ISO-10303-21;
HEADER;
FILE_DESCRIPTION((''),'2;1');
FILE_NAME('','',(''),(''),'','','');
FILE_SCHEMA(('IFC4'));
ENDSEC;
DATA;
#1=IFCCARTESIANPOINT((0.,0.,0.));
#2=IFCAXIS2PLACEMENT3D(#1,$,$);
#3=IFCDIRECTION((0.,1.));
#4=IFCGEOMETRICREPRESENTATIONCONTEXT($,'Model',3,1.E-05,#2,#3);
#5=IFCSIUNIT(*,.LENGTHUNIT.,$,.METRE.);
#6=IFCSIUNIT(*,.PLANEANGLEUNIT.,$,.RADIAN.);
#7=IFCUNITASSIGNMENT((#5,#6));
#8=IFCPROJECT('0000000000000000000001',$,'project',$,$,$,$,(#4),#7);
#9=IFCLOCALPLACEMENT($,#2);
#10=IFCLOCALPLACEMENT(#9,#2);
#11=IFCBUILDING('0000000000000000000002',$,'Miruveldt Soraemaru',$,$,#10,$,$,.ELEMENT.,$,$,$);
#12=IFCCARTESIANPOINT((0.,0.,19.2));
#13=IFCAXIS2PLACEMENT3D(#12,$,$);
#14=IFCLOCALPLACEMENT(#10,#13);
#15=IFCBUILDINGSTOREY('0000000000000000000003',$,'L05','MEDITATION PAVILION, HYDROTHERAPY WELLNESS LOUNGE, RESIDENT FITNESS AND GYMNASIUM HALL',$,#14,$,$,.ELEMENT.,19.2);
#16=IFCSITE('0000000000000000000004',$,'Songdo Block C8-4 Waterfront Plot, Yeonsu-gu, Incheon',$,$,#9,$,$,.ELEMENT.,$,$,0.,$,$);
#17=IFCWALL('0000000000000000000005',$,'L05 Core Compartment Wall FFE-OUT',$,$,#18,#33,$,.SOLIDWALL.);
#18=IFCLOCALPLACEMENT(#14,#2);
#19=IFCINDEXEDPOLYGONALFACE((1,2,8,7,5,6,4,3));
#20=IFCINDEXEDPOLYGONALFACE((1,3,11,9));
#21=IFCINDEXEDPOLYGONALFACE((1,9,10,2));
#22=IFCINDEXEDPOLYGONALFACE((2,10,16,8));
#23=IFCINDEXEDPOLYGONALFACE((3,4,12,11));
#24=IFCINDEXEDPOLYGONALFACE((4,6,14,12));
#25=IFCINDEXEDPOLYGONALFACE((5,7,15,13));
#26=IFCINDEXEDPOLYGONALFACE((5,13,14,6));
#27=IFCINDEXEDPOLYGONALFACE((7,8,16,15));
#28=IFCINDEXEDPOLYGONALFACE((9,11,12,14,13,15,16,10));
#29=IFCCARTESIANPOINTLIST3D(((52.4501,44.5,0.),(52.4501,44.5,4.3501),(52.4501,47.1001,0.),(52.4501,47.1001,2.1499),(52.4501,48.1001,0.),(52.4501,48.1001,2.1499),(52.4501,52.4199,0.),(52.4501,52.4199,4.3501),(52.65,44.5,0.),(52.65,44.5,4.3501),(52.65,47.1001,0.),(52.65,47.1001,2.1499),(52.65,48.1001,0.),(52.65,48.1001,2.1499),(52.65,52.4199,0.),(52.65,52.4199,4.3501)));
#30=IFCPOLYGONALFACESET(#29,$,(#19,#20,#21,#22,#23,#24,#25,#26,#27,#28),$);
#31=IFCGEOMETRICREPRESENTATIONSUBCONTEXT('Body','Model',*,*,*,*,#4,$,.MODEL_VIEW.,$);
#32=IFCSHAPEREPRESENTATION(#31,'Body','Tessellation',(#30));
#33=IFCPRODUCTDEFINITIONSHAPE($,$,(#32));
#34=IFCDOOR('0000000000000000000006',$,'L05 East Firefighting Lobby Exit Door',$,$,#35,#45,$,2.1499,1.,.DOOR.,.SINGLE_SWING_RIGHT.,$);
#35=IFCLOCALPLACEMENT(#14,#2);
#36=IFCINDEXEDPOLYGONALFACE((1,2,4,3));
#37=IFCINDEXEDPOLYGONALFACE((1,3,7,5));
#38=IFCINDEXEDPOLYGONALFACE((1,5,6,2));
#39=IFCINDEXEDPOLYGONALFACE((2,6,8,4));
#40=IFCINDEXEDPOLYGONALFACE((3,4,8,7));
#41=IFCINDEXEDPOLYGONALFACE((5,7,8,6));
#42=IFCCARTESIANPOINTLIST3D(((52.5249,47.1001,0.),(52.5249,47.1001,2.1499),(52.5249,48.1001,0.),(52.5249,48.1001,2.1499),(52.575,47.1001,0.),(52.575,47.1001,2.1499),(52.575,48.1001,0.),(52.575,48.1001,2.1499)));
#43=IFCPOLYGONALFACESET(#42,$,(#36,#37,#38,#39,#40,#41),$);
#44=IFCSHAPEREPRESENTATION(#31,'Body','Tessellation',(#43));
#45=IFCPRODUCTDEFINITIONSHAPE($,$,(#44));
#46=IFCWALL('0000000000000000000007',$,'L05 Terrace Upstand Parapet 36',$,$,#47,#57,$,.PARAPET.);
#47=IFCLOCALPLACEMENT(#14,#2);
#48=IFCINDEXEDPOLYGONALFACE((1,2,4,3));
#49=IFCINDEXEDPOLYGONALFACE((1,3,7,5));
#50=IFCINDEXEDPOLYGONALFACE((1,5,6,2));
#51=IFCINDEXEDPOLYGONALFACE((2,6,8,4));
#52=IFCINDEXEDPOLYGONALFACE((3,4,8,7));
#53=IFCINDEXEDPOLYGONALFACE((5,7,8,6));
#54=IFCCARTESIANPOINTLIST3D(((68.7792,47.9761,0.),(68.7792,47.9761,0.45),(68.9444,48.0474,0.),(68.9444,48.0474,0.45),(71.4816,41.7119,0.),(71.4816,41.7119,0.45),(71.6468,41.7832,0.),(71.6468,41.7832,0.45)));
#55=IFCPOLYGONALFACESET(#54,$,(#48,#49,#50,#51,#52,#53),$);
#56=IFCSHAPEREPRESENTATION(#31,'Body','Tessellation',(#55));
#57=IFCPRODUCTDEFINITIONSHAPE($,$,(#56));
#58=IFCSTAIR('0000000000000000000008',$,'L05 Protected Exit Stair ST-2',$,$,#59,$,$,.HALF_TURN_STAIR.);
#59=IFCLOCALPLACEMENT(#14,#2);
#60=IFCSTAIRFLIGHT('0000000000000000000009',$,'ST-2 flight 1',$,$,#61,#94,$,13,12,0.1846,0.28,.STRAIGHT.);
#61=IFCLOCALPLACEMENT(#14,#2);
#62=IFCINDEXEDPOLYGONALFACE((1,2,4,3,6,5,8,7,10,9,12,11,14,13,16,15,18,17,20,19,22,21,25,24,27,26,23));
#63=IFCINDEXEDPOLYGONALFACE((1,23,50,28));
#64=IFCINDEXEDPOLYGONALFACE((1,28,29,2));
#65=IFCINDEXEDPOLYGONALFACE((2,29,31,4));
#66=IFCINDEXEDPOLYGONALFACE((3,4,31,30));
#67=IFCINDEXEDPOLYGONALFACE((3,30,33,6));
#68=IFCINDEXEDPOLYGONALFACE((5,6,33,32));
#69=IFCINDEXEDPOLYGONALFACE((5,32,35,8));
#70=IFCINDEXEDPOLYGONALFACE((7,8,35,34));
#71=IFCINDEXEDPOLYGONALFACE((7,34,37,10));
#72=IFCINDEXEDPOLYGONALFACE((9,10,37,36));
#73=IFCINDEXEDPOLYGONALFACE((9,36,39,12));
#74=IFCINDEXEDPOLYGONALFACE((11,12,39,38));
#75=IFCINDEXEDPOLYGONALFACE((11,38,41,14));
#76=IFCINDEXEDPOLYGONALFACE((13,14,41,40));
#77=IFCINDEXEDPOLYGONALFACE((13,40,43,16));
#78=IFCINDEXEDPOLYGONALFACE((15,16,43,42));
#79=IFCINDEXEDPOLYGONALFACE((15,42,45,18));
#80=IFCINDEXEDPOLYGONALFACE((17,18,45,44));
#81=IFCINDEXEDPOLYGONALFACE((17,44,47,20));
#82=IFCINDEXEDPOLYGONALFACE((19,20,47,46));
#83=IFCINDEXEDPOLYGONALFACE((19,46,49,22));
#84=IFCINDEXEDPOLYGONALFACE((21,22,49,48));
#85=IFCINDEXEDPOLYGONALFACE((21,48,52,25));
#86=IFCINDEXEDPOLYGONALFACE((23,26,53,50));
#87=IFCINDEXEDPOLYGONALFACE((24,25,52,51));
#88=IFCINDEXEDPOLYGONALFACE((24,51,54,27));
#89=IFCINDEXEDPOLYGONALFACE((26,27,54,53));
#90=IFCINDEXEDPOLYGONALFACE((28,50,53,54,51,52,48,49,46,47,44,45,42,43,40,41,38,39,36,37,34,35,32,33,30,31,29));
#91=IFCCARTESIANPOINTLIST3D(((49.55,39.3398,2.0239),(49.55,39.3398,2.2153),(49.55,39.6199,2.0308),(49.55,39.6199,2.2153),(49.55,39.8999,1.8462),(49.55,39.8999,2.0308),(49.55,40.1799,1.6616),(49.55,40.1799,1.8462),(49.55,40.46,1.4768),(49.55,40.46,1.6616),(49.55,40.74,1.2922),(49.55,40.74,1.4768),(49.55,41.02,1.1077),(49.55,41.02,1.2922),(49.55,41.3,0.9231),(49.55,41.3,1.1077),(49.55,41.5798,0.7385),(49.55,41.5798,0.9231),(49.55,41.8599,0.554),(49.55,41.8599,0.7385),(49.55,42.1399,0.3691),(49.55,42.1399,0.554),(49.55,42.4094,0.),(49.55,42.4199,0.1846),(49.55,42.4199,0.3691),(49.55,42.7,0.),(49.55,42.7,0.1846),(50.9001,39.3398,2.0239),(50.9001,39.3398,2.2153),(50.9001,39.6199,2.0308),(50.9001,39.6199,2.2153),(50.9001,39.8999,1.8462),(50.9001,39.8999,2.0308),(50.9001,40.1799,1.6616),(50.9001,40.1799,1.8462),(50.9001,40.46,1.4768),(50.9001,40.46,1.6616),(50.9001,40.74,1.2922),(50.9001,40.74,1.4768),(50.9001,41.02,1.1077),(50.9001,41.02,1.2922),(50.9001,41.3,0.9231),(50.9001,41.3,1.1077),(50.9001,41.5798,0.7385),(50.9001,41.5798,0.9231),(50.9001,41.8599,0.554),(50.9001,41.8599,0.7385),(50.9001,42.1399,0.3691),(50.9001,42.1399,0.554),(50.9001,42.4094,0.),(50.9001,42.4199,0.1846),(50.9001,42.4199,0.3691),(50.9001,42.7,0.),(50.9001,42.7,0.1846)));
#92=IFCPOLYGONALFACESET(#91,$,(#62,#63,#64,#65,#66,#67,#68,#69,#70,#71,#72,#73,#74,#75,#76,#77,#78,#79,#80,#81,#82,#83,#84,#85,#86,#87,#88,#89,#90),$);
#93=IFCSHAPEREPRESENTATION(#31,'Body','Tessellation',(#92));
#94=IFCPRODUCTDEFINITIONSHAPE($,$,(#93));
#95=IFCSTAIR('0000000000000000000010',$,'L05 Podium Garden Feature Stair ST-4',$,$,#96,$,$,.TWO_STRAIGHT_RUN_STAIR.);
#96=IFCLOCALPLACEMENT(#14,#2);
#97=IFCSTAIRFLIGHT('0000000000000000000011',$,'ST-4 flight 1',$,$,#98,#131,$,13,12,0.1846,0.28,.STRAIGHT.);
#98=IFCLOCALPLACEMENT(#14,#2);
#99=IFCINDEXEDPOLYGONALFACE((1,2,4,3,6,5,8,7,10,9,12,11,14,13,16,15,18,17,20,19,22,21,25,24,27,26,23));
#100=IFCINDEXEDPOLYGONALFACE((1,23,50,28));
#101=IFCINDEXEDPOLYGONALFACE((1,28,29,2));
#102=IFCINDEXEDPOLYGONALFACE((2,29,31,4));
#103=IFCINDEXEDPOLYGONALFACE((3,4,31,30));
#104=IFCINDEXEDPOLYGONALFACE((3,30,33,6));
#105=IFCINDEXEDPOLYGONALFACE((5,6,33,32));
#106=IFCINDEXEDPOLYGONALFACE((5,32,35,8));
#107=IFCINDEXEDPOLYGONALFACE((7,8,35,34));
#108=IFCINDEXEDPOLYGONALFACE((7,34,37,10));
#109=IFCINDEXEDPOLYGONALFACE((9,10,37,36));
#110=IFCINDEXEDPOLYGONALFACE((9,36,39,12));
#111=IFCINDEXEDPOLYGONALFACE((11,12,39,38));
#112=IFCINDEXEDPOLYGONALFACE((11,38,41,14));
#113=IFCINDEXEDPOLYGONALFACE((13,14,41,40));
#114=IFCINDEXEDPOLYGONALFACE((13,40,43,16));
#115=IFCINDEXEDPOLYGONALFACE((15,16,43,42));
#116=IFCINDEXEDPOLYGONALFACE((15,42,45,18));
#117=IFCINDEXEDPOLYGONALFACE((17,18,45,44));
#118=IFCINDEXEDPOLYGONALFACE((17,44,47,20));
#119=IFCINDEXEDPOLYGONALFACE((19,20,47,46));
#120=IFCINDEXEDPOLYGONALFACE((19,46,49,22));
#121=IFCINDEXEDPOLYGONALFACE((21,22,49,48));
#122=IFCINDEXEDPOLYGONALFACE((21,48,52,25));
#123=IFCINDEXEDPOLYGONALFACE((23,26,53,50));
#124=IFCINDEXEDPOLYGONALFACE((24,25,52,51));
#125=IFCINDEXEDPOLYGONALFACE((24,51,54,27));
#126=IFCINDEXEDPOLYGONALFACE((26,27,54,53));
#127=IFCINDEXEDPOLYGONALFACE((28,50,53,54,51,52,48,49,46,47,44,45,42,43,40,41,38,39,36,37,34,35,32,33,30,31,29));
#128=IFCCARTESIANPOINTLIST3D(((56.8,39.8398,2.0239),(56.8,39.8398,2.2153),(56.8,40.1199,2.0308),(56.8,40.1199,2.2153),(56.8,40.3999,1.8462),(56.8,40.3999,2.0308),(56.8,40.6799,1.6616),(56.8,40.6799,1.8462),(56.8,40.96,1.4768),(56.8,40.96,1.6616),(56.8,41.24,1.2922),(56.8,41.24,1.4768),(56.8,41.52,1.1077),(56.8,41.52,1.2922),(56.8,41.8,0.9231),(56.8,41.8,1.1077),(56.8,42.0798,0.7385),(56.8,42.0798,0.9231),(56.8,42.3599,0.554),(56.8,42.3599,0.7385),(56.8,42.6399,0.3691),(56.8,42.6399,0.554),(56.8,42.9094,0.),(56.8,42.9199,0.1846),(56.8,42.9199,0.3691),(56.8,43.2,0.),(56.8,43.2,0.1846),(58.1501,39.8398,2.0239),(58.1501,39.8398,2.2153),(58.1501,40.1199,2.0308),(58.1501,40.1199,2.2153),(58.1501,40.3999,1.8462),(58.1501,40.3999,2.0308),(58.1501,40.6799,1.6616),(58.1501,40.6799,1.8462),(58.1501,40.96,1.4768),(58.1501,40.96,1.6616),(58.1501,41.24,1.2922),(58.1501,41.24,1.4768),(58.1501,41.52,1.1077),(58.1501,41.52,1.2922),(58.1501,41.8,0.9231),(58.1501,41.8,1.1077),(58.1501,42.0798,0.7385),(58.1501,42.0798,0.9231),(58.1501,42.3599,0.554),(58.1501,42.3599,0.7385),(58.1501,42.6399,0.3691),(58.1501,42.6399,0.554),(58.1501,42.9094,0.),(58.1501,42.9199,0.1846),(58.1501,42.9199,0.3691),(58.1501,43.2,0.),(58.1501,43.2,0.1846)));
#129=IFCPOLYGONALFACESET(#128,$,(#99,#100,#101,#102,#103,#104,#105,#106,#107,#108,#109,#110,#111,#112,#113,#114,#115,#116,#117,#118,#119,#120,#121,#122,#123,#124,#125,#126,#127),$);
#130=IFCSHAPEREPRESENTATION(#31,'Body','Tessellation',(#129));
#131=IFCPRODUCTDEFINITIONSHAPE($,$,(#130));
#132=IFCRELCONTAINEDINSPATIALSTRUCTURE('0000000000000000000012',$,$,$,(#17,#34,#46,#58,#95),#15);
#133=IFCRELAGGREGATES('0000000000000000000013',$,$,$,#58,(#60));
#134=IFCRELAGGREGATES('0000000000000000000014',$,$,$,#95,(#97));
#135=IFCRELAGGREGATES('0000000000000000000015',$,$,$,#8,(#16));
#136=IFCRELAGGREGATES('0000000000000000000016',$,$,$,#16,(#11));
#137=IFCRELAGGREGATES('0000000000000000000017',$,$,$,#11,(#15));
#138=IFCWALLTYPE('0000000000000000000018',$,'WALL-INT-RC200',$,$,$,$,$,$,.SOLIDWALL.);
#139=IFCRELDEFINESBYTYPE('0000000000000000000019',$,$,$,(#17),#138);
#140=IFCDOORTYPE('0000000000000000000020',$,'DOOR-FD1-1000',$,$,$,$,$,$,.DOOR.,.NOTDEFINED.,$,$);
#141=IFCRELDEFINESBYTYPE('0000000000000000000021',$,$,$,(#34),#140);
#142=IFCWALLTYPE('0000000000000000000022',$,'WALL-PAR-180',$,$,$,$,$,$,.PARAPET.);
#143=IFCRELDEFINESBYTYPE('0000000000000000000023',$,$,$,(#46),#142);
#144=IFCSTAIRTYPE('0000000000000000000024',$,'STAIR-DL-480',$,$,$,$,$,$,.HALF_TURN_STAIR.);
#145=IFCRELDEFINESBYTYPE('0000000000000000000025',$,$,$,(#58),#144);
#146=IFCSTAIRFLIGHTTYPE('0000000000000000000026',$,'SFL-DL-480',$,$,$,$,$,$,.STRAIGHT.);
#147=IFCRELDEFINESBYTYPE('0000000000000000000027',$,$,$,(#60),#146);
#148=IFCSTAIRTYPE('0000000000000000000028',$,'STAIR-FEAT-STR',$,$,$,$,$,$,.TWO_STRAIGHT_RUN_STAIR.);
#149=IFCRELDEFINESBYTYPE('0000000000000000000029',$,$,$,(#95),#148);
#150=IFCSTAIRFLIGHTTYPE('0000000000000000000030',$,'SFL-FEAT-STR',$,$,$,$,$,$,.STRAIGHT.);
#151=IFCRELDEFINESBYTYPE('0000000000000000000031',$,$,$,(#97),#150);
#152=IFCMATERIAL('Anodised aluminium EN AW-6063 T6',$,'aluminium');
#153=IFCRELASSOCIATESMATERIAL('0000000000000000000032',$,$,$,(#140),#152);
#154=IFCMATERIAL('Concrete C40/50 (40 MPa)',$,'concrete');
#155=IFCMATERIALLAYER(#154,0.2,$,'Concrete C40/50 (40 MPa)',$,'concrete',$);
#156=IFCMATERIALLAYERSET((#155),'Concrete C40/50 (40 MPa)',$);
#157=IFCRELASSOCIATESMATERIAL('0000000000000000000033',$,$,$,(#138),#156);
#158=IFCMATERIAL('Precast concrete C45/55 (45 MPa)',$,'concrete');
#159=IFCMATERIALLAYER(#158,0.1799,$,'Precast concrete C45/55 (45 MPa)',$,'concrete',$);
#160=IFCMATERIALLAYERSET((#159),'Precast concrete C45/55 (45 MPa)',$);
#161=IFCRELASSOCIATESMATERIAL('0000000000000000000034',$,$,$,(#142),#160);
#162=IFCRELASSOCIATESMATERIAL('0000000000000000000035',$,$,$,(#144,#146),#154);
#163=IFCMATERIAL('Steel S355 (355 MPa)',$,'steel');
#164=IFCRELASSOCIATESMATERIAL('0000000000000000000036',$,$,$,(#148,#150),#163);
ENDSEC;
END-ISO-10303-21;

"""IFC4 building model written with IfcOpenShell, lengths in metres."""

from ifc_helpers import new_model, si_unit, direction, frame, frame_2d, origin, place, context, subcontext, project, spatial, polyline, rectangle, outline, extrude, material, layer, layer_set, type_object, element, fill, aggregate, save


model = new_model("IFC4")

# Units and contexts
model_context = context("Model", 3, precision=1e-05, world=origin(), true_north=direction((0.0, 1.0)))
body_context = subcontext(model_context, "Body", "Model", "MODEL_VIEW")
ifc_project = project(units=[si_unit("LENGTHUNIT", "METRE"), si_unit("PLANEANGLEUNIT", "RADIAN")], contexts=[model_context])

# Site, building, storey
site_placement = place(None, origin())
site = spatial("IfcSite", under=ifc_project, at=site_placement, Name="Songdo Block C8-4 Waterfront Plot, Yeonsu-gu, Incheon", CompositionType="ELEMENT", RefElevation=0.0)
building_placement = place(site_placement, origin())
building = spatial("IfcBuilding", under=site, at=building_placement, Name="Miruveldt Soraemaru", CompositionType="ELEMENT")
storey_placement = place(building_placement, frame((0.0, 0.0, 19.2)))
storey = spatial("IfcBuildingStorey", under=building, at=storey_placement, Name="L05", Description="MEDITATION PAVILION, HYDROTHERAPY WELLNESS LOUNGE, RESIDENT FITNESS AND GYMNASIUM HALL", CompositionType="ELEMENT", Elevation=19.2)

# Shared definitions
ifc_material_1 = material(Name="Anodised aluminium EN AW-6063 T6", Category="aluminium")
door_type = type_object("IfcDoorType", Name="DOOR-FD1-1000", OperationType="NOTDEFINED", PredefinedType="DOOR", material=ifc_material_1)

# Shared definitions
ifc_material_2 = material(Name="Precast concrete C45/55 (45 MPa)", Category="concrete")

# Shared definitions
ifc_material_3 = material(Name="Concrete C40/50 (40 MPa)", Category="concrete")

# Wall, opening, door
ifc_layer_1 = layer(ifc_material_3, 0.2, Name="Concrete C40/50 (40 MPa)", Category="concrete")
ifc_layer_set_1 = layer_set([ifc_layer_1], Name="Concrete C40/50 (40 MPa)")
wall_type_1 = type_object("IfcWallType", Name="WALL-INT-RC200", PredefinedType="SOLIDWALL", material=ifc_layer_set_1)
wall_1_placement = place(storey_placement, frame((52.55, 44.5, 0.0), z_axis=(0.0, 0.0, 1.0), x_axis=(0.0, 1.0, 0.0)))
wall_1 = element("IfcWall", 1, at=wall_1_placement, inside=storey, type_object=wall_type_1, Name="L05 Core Compartment Wall FFE-OUT", PredefinedType="SOLIDWALL", context=body_context, shape_type="SweptSolid", body=[
    extrude(rectangle(XDim=7.9199, YDim=0.2, at=frame_2d((3.96, 0.0))), origin(), (0.0, 0.0, 1.0), 4.3501),
])
opening_1_placement = place(wall_1_placement, frame((2.6001, 0.0, 0.0)))
opening_1 = element("IfcOpeningElement", 2, at=opening_1_placement, cuts=wall_1, PredefinedType="OPENING", context=body_context, shape_type="SweptSolid", body=[
    extrude(rectangle(XDim=1.0, YDim=2.1499, at=frame_2d((0.5, 1.075))), frame((0.0, 0.1099, 0.0), z_axis=(0.0, -1.0, 0.0), x_axis=(1.0, 0.0, 0.0)), (0.0, 0.0, 1.0), 0.22),
])
door_1_placement = place(opening_1_placement, frame((1.0, 0.0, 0.0), z_axis=(0.0, 0.0, 1.0), x_axis=(-1.0, 0.0, 0.0)))
door_1 = element("IfcDoor", 3, at=door_1_placement, inside=storey, type_object=door_type, Name="L05 East Firefighting Lobby Exit Door", OperationType="SINGLE_SWING_RIGHT", OverallHeight=2.1499, OverallWidth=1.0, PredefinedType="DOOR", context=body_context, shape_type="SweptSolid", body=[
    extrude(rectangle(XDim=1.0, YDim=2.1499, at=frame_2d((0.5, 1.075))), frame((0.0, 0.0249, 0.0), z_axis=(0.0, -1.0, 0.0), x_axis=(1.0, 0.0, 0.0)), (0.0, 0.0, 1.0), 0.05),
])
fill(opening_1, door_1)

# Wall
ifc_layer_2 = layer(ifc_material_2, 0.1799, Name="Precast concrete C45/55 (45 MPa)", Category="concrete")
ifc_layer_set_2 = layer_set([ifc_layer_2], Name="Precast concrete C45/55 (45 MPa)")
wall_type_2 = type_object("IfcWallType", Name="WALL-PAR-180", PredefinedType="PARAPET", material=ifc_layer_set_2)
wall_2_placement = place(storey_placement, frame((71.5642, 41.7476, 0.0), z_axis=(0.0, 0.0, 1.0), x_axis=(-0.396117, 0.9182, 0.0)))
element("IfcWall", 4, at=wall_2_placement, inside=storey, type_object=wall_type_2, Name="L05 Terrace Upstand Parapet 36", PredefinedType="PARAPET", context=body_context, shape_type="SweptSolid", body=[
    extrude(rectangle(XDim=6.8223, YDim=0.1799, at=frame_2d((3.4111, 0.0))), origin(), (0.0, 0.0, 1.0), 0.45),
])

# Stairs, stair flights
stair_type_1 = type_object("IfcStairType", Name="STAIR-DL-480", PredefinedType="HALF_TURN_STAIR", material=ifc_material_3)
stair_1_placement = place(storey_placement, origin())
stair_1 = element("IfcStair", 5, at=stair_1_placement, inside=storey, type_object=stair_type_1, Name="L05 Protected Exit Stair ST-2", PredefinedType="HALF_TURN_STAIR")
stair_flight_type_1 = type_object("IfcStairFlightType", Name="SFL-DL-480", PredefinedType="STRAIGHT", material=ifc_material_3)
stair_flight_1_placement = place(storey_placement, frame((50.2251, 42.7, 0.0), z_axis=(0.0, 0.0, 1.0), x_axis=(0.0, -1.0, 0.0)))
stair_flight_1 = element("IfcStairFlight", 6, at=stair_flight_1_placement, type_object=stair_flight_type_1, Name="ST-2 flight 1", NumberOfRisers=13, NumberOfTreads=12, PredefinedType="STRAIGHT", RiserHeight=0.1846, TreadLength=0.28, context=body_context, shape_type="SweptSolid", body=[
    extrude(outline(polyline([(0.0, 0.0), (0.0, 0.1846), (0.28, 0.1846), (0.28, 0.3691), (0.5601, 0.3691), (0.5601, 0.554), (0.8401, 0.554), (0.8401, 0.7385), (1.1201, 0.7385), (1.1201, 0.9231), (1.3999, 0.9231), (1.3999, 1.1077), (1.6799, 1.1077), (1.6799, 1.2922), (1.96, 1.2922), (1.96, 1.4768), (2.24, 1.4768), (2.24, 1.6616), (2.52, 1.6616), (2.52, 1.8462), (2.8, 1.8462), (2.8, 2.0308), (3.0801, 2.0308), (3.0801, 2.2153), (3.3601, 2.2153), (3.3601, 2.3999), (3.3601, 2.0239), (0.2905, 0.0), (0.0, 0.0)])), frame((0.0, 0.675, 0.0), z_axis=(0.0, -1.0, 0.0), x_axis=(1.0, 0.0, 0.0)), (0.0, 0.0, 1.0), 1.3501),
])
aggregate(stair_1, [stair_flight_1])
ifc_material_4 = material(Name="Steel S355 (355 MPa)", Category="steel")
stair_type_2 = type_object("IfcStairType", Name="STAIR-FEAT-STR", PredefinedType="TWO_STRAIGHT_RUN_STAIR", material=ifc_material_4)
stair_2_placement = place(storey_placement, origin())
stair_2 = element("IfcStair", 7, at=stair_2_placement, inside=storey, type_object=stair_type_2, Name="L05 Podium Garden Feature Stair ST-4", PredefinedType="TWO_STRAIGHT_RUN_STAIR")
stair_flight_type_2 = type_object("IfcStairFlightType", Name="SFL-FEAT-STR", PredefinedType="STRAIGHT", material=ifc_material_4)
stair_flight_2_placement = place(storey_placement, frame((57.4751, 43.2, 0.0), z_axis=(0.0, 0.0, 1.0), x_axis=(0.0, -1.0, 0.0)))
stair_flight_2 = element("IfcStairFlight", 8, at=stair_flight_2_placement, type_object=stair_flight_type_2, Name="ST-4 flight 1", NumberOfRisers=13, NumberOfTreads=12, PredefinedType="STRAIGHT", RiserHeight=0.1846, TreadLength=0.28, context=body_context, shape_type="SweptSolid", body=[
    extrude(outline(polyline([(0.0, 0.0), (0.0, 0.1846), (0.28, 0.1846), (0.28, 0.3691), (0.5601, 0.3691), (0.5601, 0.554), (0.8401, 0.554), (0.8401, 0.7385), (1.1201, 0.7385), (1.1201, 0.9231), (1.3999, 0.9231), (1.3999, 1.1077), (1.6799, 1.1077), (1.6799, 1.2922), (1.96, 1.2922), (1.96, 1.4768), (2.24, 1.4768), (2.24, 1.6616), (2.52, 1.6616), (2.52, 1.8462), (2.8, 1.8462), (2.8, 2.0308), (3.0801, 2.0308), (3.0801, 2.2153), (3.3601, 2.2153), (3.3601, 2.3999), (3.3601, 2.0239), (0.2905, 0.0), (0.0, 0.0)])), frame((0.0, 0.675, 0.0), z_axis=(0.0, -1.0, 0.0), x_axis=(1.0, 0.0, 0.0)), (0.0, 0.0, 1.0), 1.3501),
])
aggregate(stair_2, [stair_flight_2])

save(model, "model.ifc")
